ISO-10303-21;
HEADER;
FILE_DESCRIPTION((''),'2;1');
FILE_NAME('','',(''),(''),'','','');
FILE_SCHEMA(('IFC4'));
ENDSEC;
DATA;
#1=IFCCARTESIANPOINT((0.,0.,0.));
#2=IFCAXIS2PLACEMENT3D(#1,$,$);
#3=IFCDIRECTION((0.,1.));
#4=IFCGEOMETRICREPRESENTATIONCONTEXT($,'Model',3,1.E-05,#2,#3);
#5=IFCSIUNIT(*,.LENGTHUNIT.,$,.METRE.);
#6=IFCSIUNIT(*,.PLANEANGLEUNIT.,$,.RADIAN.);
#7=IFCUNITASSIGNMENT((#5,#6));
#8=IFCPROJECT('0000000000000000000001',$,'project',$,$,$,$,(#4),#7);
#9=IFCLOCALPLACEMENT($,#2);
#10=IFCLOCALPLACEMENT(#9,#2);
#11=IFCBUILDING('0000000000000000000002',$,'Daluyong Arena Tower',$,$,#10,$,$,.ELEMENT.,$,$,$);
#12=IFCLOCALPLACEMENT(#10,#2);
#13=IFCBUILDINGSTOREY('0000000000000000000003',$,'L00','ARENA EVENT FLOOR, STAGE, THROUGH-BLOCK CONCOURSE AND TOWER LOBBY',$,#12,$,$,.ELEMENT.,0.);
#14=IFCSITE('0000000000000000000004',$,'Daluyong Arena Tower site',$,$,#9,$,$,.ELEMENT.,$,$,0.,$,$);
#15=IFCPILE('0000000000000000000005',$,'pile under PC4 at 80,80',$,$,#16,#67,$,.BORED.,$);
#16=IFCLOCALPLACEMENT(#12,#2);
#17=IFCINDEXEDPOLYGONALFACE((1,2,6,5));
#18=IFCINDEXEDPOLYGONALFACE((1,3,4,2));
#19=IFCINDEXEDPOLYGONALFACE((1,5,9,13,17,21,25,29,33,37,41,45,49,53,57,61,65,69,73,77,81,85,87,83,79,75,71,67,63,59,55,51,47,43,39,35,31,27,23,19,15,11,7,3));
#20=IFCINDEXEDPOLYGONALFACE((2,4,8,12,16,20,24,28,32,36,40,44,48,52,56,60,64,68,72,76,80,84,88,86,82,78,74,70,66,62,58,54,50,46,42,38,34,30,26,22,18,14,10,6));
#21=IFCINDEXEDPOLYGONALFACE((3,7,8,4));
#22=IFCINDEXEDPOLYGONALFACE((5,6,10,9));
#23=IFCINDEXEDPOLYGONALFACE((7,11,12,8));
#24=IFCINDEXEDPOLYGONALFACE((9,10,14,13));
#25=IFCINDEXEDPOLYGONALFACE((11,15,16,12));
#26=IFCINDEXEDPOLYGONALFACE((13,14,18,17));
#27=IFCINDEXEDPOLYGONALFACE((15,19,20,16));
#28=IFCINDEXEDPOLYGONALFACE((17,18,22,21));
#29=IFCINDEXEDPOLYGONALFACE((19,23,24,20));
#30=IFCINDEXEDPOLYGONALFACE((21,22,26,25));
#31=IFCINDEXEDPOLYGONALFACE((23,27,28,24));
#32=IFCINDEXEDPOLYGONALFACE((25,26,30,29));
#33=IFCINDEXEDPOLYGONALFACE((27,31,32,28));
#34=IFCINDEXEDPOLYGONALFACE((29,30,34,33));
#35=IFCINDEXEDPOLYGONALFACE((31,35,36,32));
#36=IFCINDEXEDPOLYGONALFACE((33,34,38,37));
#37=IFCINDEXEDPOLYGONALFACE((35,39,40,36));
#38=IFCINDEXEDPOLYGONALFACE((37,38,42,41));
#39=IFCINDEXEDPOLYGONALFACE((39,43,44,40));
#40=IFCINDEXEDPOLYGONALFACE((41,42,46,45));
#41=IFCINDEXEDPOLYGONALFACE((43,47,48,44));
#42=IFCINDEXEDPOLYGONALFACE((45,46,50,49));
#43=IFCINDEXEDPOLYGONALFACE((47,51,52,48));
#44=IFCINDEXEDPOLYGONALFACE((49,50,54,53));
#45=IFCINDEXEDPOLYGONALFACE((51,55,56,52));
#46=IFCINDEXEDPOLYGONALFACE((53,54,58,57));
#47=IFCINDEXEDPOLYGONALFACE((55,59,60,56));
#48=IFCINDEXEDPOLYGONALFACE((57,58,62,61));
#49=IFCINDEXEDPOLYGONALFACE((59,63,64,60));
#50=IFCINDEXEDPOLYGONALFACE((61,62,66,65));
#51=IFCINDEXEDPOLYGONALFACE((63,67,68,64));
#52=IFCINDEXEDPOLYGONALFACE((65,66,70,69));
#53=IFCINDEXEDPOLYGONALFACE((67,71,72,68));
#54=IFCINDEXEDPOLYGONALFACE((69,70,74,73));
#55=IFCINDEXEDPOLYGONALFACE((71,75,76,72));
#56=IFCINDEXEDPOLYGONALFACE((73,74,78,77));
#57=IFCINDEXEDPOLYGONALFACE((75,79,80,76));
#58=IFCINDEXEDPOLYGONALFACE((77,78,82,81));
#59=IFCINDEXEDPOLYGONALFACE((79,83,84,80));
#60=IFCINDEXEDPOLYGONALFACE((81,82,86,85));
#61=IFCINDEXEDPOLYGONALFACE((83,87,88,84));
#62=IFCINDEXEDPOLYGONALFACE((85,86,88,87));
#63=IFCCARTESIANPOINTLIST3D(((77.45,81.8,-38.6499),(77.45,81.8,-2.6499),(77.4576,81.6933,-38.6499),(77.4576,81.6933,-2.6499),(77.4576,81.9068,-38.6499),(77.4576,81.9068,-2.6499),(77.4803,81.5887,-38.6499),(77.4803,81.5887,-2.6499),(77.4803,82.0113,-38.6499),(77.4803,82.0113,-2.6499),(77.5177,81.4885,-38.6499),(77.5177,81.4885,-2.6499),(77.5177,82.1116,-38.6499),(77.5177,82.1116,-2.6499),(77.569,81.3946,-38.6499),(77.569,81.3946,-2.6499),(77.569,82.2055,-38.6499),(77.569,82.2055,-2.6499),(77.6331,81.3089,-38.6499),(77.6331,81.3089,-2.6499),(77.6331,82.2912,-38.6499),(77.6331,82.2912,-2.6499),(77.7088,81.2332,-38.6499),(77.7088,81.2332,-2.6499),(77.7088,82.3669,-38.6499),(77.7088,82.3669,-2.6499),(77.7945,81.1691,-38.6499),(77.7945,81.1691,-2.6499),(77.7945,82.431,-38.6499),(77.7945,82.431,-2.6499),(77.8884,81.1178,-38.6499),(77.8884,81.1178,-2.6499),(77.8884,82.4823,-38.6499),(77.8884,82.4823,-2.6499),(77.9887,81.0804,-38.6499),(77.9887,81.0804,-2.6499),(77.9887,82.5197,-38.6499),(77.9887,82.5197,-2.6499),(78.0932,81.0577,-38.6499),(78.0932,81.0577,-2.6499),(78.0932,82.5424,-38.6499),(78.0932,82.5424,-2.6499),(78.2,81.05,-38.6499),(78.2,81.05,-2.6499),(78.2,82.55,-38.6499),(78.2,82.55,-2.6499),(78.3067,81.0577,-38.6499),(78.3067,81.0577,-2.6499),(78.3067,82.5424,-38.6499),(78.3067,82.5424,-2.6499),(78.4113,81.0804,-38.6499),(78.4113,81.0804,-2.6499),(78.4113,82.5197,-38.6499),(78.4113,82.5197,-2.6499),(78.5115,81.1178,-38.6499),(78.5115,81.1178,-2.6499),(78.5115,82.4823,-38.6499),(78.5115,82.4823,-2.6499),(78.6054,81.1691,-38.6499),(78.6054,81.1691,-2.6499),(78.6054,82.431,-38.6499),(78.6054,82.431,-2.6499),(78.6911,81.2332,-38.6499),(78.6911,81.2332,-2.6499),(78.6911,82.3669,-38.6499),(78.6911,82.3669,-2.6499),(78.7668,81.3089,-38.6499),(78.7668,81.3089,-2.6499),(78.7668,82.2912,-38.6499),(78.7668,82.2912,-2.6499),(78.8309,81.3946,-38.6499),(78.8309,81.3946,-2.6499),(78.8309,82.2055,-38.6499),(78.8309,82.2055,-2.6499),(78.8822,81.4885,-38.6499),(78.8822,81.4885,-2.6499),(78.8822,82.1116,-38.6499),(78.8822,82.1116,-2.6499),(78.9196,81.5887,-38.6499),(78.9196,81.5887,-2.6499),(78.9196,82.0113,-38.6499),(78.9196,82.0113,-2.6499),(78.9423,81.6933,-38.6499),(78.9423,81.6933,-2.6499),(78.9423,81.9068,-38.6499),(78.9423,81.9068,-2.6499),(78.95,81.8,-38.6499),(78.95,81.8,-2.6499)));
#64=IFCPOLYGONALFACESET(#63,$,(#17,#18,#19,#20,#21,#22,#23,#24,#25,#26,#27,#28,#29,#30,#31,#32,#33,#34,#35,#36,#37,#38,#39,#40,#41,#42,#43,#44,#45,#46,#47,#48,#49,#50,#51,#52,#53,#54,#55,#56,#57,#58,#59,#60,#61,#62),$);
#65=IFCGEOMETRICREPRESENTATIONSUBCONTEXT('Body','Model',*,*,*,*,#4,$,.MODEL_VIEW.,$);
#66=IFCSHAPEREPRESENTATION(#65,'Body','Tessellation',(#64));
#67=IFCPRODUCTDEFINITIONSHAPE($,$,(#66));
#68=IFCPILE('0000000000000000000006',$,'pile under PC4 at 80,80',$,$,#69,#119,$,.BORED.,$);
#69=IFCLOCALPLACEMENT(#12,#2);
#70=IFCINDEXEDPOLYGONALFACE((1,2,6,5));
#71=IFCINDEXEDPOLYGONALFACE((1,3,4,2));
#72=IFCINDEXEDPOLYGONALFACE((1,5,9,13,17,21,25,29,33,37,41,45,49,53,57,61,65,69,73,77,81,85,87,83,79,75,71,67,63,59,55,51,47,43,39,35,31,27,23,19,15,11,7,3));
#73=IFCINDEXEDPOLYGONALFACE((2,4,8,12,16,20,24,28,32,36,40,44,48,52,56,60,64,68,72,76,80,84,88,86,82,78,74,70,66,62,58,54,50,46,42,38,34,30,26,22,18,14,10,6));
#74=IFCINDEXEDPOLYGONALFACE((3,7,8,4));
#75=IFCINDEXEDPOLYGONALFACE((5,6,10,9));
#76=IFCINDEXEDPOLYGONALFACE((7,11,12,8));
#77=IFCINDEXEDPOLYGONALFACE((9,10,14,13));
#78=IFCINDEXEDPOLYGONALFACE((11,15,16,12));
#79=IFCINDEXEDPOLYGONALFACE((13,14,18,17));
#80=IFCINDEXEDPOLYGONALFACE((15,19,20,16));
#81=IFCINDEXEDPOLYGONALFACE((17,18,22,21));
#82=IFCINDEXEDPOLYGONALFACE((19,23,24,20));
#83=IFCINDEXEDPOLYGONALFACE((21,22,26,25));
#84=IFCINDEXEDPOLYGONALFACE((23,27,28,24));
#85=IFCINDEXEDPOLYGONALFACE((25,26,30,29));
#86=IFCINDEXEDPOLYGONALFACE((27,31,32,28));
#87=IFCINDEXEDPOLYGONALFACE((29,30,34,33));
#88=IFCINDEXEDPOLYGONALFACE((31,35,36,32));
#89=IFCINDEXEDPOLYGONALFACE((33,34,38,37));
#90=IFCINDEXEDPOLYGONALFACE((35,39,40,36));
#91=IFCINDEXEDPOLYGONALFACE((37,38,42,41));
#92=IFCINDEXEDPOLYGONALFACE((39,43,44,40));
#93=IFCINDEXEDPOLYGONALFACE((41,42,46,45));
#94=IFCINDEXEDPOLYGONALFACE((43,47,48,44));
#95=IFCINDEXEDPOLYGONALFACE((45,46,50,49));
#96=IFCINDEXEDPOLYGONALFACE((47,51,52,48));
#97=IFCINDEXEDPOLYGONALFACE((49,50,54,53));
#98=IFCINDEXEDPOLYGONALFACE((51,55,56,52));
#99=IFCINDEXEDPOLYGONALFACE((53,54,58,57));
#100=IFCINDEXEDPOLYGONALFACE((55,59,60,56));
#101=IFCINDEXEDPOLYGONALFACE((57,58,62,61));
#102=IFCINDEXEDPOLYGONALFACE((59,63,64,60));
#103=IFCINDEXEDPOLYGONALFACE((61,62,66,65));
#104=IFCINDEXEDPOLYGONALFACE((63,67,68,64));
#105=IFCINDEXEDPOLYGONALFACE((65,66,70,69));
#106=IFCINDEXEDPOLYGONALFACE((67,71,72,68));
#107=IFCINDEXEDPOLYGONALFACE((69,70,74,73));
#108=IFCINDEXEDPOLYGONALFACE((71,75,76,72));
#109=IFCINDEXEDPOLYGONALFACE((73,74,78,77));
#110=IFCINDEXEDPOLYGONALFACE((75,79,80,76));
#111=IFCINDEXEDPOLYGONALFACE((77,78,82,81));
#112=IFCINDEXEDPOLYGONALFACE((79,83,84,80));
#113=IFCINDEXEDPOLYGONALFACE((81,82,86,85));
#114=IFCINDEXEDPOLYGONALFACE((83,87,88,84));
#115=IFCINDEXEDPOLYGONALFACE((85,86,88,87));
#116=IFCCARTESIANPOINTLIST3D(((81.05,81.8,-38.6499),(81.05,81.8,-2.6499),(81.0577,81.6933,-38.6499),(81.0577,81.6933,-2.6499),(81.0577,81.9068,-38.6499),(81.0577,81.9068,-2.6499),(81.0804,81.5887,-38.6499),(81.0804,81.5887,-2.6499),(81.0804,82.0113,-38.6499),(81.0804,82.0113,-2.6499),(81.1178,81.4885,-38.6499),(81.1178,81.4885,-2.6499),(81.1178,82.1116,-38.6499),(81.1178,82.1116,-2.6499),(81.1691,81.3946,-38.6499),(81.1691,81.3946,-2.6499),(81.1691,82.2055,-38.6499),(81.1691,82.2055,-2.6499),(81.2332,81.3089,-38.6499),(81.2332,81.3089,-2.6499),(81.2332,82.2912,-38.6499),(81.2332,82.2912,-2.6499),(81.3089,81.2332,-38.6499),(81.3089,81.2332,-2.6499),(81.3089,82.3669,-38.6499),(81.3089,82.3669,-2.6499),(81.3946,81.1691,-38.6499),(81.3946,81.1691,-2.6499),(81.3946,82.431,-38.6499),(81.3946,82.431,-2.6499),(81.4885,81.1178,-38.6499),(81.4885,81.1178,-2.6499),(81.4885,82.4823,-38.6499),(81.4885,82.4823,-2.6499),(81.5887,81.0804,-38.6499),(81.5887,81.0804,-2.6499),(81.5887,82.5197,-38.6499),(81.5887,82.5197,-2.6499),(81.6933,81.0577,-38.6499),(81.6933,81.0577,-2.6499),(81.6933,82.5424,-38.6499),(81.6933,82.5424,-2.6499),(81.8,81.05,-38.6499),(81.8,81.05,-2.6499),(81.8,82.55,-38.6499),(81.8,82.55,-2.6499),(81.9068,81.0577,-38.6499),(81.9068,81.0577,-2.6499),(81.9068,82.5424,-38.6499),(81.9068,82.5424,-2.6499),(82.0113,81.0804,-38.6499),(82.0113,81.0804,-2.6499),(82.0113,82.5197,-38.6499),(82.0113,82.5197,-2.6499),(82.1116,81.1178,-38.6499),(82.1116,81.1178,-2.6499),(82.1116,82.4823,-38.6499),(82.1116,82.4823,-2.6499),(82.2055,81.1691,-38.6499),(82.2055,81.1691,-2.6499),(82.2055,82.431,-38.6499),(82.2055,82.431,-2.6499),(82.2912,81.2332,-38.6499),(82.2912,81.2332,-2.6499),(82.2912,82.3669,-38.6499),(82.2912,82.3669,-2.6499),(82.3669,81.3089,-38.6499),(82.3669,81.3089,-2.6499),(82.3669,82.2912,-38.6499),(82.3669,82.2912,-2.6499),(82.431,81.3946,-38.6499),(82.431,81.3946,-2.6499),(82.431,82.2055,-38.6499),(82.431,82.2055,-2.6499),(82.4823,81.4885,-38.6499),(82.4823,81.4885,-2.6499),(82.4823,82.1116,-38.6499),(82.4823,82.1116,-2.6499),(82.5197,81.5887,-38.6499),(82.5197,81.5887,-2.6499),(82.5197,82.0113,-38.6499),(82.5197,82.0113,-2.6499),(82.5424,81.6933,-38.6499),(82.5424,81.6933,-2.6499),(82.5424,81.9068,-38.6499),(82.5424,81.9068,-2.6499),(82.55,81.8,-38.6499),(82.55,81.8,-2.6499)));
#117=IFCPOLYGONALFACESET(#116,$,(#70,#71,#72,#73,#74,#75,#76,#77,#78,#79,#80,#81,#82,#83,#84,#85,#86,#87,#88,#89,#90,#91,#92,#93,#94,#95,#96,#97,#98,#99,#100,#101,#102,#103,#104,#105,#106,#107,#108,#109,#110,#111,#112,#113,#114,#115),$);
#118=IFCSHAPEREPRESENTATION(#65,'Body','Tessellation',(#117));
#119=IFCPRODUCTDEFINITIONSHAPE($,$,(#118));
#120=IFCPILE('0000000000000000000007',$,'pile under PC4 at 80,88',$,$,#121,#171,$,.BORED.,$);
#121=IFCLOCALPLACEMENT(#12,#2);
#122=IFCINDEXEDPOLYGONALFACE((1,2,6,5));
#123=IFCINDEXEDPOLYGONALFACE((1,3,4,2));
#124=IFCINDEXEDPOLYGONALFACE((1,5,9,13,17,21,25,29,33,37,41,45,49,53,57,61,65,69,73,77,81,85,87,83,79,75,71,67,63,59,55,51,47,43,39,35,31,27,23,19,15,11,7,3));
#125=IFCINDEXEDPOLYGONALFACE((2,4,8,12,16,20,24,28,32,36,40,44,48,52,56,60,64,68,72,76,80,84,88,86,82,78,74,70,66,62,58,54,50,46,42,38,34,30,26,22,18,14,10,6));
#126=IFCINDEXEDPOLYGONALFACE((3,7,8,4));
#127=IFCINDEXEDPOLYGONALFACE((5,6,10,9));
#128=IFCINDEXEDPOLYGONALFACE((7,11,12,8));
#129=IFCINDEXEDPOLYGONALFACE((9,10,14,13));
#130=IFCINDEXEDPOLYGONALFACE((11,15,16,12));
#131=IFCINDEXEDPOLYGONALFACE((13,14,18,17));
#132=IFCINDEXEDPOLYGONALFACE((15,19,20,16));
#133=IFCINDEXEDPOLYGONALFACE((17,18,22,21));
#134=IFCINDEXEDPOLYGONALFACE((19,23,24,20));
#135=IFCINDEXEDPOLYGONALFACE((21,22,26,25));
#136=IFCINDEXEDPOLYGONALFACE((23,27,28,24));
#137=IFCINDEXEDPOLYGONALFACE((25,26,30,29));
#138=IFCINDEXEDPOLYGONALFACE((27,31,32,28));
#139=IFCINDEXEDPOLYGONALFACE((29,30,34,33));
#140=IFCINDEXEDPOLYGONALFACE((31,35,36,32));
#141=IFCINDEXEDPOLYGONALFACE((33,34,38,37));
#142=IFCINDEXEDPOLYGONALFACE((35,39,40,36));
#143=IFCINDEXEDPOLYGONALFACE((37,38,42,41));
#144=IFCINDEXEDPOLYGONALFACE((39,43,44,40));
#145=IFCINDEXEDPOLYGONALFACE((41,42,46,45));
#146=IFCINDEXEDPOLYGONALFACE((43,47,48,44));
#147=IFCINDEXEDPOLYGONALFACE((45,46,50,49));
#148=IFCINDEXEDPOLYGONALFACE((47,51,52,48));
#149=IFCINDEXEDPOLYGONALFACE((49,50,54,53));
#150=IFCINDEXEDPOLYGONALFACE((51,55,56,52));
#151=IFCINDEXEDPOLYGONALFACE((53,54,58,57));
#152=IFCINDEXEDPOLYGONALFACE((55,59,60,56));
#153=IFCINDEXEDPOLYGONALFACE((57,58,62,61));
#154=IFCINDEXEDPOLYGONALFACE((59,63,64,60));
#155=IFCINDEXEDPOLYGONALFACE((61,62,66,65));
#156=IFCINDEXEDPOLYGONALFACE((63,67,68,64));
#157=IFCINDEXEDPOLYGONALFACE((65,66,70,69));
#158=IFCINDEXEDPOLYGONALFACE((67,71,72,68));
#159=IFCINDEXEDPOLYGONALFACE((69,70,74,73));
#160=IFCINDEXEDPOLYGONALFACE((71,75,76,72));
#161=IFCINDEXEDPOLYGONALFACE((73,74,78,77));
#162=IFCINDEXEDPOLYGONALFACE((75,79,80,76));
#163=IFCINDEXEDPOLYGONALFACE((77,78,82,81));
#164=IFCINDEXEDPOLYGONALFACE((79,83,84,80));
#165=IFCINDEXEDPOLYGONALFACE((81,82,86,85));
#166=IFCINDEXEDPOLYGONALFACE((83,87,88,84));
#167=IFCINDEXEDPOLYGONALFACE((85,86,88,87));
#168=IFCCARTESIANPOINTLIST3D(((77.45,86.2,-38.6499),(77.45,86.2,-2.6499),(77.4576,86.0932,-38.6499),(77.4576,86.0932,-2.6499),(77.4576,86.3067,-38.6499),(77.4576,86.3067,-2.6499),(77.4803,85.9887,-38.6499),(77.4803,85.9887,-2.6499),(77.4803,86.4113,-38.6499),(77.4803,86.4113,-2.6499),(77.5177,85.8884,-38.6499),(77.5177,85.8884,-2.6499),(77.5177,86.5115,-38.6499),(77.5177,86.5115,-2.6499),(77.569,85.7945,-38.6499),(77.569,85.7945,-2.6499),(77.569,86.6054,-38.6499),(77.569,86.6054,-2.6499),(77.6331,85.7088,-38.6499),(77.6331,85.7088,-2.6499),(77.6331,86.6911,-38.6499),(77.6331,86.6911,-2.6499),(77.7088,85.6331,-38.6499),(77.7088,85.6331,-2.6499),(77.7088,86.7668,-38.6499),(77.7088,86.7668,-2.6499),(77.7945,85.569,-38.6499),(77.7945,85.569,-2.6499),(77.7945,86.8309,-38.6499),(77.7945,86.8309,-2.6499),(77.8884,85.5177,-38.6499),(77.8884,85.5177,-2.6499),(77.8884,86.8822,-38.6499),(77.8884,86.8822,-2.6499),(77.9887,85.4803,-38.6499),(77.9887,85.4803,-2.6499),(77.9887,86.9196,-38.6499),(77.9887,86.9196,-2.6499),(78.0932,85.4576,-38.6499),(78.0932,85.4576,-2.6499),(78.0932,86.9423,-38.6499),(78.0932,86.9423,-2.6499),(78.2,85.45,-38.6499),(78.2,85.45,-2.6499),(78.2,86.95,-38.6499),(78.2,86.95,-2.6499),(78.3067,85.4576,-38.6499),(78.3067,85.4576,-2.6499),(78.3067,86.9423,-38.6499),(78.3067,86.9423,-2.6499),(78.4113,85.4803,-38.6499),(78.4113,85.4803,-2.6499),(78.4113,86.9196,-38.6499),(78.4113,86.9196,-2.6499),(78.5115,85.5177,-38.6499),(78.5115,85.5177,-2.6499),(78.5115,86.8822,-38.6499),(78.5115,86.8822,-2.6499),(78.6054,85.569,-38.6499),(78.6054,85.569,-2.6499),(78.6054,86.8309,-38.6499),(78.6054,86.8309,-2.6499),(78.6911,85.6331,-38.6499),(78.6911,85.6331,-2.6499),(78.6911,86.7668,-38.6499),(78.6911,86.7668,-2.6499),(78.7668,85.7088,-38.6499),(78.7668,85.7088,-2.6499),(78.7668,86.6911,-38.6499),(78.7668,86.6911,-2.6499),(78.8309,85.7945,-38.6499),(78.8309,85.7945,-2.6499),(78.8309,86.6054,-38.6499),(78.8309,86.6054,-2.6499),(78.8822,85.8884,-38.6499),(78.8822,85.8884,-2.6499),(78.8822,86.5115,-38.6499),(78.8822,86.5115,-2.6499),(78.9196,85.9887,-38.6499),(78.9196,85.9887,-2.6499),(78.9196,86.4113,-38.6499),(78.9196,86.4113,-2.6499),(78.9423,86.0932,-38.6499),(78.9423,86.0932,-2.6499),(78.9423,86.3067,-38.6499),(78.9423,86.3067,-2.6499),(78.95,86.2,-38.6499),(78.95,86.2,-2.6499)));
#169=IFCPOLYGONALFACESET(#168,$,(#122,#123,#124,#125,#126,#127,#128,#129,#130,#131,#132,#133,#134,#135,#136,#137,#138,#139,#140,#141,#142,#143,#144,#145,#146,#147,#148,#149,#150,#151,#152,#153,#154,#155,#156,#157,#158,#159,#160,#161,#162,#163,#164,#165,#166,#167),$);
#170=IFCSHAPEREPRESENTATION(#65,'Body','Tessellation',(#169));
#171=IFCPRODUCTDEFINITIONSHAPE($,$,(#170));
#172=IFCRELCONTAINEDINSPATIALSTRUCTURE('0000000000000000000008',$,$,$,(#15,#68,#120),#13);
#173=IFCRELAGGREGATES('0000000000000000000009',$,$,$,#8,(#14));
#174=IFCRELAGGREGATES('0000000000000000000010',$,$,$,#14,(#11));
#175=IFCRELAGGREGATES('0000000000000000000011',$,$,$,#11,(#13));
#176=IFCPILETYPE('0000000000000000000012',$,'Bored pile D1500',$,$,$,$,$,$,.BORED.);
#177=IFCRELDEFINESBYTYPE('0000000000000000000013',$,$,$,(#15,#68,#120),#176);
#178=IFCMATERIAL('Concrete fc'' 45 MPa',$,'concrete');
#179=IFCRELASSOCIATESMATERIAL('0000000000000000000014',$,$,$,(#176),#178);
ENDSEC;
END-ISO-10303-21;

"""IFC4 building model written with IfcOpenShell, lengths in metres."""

from ifc_helpers import new_model, si_unit, direction, frame, origin, origin_2d, place, context, subcontext, project, spatial, circle, extrude, material, type_object, element, save


model = new_model("IFC4")

# Units and contexts
model_context = context("Model", 3, precision=1e-05, world=origin(), true_north=direction((0.0, 1.0)))
body_context = subcontext(model_context, "Body", "Model", "MODEL_VIEW")
ifc_project = project(units=[si_unit("LENGTHUNIT", "METRE"), si_unit("PLANEANGLEUNIT", "RADIAN")], contexts=[model_context])

# Site, building, storey
site_placement = place(None, origin())
site = spatial("IfcSite", under=ifc_project, at=site_placement, Name="Daluyong Arena Tower site", CompositionType="ELEMENT", RefElevation=0.0)
building_placement = place(site_placement, origin())
building = spatial("IfcBuilding", under=site, at=building_placement, Name="Daluyong Arena Tower", CompositionType="ELEMENT")
storey_placement = place(building_placement, origin())
storey = spatial("IfcBuildingStorey", under=building, at=storey_placement, Name="L00", Description="ARENA EVENT FLOOR, STAGE, THROUGH-BLOCK CONCOURSE AND TOWER LOBBY", CompositionType="ELEMENT", Elevation=0.0)

# Piles
ifc_material_1 = material(Name="Concrete fc' 45 MPa", Category="concrete")
pile_type_1 = type_object("IfcPileType", Name="Bored pile D1500", PredefinedType="BORED", material=ifc_material_1)
for number, where, z_axis, x_axis, name in (
    (1, (78.2, 81.8, -2.6499), (0.0, 0.0, -1.0), (1.0, 0.0, 0.0), "pile under PC4 at 80,80"),
    (2, (81.8, 81.8, -2.6499), (0.0, 0.0, -1.0), (1.0, 0.0, 0.0), "pile under PC4 at 80,80"),
    (3, (78.2, 86.2, -2.6499), (0.0, 0.0, -1.0), (1.0, 0.0, 0.0), "pile under PC4 at 80,88"),
):
    element("IfcPile", number, at=place(storey_placement, frame(where, z_axis=z_axis, x_axis=x_axis)), inside=storey, type_object=pile_type_1, Name=name, PredefinedType="BORED", context=body_context, shape_type="SweptSolid", body=[
        extrude(circle(Radius=0.75, at=origin_2d()), origin(), (0.0, 0.0, 1.0), 36.0),
    ])

save(model, "model.ifc")
